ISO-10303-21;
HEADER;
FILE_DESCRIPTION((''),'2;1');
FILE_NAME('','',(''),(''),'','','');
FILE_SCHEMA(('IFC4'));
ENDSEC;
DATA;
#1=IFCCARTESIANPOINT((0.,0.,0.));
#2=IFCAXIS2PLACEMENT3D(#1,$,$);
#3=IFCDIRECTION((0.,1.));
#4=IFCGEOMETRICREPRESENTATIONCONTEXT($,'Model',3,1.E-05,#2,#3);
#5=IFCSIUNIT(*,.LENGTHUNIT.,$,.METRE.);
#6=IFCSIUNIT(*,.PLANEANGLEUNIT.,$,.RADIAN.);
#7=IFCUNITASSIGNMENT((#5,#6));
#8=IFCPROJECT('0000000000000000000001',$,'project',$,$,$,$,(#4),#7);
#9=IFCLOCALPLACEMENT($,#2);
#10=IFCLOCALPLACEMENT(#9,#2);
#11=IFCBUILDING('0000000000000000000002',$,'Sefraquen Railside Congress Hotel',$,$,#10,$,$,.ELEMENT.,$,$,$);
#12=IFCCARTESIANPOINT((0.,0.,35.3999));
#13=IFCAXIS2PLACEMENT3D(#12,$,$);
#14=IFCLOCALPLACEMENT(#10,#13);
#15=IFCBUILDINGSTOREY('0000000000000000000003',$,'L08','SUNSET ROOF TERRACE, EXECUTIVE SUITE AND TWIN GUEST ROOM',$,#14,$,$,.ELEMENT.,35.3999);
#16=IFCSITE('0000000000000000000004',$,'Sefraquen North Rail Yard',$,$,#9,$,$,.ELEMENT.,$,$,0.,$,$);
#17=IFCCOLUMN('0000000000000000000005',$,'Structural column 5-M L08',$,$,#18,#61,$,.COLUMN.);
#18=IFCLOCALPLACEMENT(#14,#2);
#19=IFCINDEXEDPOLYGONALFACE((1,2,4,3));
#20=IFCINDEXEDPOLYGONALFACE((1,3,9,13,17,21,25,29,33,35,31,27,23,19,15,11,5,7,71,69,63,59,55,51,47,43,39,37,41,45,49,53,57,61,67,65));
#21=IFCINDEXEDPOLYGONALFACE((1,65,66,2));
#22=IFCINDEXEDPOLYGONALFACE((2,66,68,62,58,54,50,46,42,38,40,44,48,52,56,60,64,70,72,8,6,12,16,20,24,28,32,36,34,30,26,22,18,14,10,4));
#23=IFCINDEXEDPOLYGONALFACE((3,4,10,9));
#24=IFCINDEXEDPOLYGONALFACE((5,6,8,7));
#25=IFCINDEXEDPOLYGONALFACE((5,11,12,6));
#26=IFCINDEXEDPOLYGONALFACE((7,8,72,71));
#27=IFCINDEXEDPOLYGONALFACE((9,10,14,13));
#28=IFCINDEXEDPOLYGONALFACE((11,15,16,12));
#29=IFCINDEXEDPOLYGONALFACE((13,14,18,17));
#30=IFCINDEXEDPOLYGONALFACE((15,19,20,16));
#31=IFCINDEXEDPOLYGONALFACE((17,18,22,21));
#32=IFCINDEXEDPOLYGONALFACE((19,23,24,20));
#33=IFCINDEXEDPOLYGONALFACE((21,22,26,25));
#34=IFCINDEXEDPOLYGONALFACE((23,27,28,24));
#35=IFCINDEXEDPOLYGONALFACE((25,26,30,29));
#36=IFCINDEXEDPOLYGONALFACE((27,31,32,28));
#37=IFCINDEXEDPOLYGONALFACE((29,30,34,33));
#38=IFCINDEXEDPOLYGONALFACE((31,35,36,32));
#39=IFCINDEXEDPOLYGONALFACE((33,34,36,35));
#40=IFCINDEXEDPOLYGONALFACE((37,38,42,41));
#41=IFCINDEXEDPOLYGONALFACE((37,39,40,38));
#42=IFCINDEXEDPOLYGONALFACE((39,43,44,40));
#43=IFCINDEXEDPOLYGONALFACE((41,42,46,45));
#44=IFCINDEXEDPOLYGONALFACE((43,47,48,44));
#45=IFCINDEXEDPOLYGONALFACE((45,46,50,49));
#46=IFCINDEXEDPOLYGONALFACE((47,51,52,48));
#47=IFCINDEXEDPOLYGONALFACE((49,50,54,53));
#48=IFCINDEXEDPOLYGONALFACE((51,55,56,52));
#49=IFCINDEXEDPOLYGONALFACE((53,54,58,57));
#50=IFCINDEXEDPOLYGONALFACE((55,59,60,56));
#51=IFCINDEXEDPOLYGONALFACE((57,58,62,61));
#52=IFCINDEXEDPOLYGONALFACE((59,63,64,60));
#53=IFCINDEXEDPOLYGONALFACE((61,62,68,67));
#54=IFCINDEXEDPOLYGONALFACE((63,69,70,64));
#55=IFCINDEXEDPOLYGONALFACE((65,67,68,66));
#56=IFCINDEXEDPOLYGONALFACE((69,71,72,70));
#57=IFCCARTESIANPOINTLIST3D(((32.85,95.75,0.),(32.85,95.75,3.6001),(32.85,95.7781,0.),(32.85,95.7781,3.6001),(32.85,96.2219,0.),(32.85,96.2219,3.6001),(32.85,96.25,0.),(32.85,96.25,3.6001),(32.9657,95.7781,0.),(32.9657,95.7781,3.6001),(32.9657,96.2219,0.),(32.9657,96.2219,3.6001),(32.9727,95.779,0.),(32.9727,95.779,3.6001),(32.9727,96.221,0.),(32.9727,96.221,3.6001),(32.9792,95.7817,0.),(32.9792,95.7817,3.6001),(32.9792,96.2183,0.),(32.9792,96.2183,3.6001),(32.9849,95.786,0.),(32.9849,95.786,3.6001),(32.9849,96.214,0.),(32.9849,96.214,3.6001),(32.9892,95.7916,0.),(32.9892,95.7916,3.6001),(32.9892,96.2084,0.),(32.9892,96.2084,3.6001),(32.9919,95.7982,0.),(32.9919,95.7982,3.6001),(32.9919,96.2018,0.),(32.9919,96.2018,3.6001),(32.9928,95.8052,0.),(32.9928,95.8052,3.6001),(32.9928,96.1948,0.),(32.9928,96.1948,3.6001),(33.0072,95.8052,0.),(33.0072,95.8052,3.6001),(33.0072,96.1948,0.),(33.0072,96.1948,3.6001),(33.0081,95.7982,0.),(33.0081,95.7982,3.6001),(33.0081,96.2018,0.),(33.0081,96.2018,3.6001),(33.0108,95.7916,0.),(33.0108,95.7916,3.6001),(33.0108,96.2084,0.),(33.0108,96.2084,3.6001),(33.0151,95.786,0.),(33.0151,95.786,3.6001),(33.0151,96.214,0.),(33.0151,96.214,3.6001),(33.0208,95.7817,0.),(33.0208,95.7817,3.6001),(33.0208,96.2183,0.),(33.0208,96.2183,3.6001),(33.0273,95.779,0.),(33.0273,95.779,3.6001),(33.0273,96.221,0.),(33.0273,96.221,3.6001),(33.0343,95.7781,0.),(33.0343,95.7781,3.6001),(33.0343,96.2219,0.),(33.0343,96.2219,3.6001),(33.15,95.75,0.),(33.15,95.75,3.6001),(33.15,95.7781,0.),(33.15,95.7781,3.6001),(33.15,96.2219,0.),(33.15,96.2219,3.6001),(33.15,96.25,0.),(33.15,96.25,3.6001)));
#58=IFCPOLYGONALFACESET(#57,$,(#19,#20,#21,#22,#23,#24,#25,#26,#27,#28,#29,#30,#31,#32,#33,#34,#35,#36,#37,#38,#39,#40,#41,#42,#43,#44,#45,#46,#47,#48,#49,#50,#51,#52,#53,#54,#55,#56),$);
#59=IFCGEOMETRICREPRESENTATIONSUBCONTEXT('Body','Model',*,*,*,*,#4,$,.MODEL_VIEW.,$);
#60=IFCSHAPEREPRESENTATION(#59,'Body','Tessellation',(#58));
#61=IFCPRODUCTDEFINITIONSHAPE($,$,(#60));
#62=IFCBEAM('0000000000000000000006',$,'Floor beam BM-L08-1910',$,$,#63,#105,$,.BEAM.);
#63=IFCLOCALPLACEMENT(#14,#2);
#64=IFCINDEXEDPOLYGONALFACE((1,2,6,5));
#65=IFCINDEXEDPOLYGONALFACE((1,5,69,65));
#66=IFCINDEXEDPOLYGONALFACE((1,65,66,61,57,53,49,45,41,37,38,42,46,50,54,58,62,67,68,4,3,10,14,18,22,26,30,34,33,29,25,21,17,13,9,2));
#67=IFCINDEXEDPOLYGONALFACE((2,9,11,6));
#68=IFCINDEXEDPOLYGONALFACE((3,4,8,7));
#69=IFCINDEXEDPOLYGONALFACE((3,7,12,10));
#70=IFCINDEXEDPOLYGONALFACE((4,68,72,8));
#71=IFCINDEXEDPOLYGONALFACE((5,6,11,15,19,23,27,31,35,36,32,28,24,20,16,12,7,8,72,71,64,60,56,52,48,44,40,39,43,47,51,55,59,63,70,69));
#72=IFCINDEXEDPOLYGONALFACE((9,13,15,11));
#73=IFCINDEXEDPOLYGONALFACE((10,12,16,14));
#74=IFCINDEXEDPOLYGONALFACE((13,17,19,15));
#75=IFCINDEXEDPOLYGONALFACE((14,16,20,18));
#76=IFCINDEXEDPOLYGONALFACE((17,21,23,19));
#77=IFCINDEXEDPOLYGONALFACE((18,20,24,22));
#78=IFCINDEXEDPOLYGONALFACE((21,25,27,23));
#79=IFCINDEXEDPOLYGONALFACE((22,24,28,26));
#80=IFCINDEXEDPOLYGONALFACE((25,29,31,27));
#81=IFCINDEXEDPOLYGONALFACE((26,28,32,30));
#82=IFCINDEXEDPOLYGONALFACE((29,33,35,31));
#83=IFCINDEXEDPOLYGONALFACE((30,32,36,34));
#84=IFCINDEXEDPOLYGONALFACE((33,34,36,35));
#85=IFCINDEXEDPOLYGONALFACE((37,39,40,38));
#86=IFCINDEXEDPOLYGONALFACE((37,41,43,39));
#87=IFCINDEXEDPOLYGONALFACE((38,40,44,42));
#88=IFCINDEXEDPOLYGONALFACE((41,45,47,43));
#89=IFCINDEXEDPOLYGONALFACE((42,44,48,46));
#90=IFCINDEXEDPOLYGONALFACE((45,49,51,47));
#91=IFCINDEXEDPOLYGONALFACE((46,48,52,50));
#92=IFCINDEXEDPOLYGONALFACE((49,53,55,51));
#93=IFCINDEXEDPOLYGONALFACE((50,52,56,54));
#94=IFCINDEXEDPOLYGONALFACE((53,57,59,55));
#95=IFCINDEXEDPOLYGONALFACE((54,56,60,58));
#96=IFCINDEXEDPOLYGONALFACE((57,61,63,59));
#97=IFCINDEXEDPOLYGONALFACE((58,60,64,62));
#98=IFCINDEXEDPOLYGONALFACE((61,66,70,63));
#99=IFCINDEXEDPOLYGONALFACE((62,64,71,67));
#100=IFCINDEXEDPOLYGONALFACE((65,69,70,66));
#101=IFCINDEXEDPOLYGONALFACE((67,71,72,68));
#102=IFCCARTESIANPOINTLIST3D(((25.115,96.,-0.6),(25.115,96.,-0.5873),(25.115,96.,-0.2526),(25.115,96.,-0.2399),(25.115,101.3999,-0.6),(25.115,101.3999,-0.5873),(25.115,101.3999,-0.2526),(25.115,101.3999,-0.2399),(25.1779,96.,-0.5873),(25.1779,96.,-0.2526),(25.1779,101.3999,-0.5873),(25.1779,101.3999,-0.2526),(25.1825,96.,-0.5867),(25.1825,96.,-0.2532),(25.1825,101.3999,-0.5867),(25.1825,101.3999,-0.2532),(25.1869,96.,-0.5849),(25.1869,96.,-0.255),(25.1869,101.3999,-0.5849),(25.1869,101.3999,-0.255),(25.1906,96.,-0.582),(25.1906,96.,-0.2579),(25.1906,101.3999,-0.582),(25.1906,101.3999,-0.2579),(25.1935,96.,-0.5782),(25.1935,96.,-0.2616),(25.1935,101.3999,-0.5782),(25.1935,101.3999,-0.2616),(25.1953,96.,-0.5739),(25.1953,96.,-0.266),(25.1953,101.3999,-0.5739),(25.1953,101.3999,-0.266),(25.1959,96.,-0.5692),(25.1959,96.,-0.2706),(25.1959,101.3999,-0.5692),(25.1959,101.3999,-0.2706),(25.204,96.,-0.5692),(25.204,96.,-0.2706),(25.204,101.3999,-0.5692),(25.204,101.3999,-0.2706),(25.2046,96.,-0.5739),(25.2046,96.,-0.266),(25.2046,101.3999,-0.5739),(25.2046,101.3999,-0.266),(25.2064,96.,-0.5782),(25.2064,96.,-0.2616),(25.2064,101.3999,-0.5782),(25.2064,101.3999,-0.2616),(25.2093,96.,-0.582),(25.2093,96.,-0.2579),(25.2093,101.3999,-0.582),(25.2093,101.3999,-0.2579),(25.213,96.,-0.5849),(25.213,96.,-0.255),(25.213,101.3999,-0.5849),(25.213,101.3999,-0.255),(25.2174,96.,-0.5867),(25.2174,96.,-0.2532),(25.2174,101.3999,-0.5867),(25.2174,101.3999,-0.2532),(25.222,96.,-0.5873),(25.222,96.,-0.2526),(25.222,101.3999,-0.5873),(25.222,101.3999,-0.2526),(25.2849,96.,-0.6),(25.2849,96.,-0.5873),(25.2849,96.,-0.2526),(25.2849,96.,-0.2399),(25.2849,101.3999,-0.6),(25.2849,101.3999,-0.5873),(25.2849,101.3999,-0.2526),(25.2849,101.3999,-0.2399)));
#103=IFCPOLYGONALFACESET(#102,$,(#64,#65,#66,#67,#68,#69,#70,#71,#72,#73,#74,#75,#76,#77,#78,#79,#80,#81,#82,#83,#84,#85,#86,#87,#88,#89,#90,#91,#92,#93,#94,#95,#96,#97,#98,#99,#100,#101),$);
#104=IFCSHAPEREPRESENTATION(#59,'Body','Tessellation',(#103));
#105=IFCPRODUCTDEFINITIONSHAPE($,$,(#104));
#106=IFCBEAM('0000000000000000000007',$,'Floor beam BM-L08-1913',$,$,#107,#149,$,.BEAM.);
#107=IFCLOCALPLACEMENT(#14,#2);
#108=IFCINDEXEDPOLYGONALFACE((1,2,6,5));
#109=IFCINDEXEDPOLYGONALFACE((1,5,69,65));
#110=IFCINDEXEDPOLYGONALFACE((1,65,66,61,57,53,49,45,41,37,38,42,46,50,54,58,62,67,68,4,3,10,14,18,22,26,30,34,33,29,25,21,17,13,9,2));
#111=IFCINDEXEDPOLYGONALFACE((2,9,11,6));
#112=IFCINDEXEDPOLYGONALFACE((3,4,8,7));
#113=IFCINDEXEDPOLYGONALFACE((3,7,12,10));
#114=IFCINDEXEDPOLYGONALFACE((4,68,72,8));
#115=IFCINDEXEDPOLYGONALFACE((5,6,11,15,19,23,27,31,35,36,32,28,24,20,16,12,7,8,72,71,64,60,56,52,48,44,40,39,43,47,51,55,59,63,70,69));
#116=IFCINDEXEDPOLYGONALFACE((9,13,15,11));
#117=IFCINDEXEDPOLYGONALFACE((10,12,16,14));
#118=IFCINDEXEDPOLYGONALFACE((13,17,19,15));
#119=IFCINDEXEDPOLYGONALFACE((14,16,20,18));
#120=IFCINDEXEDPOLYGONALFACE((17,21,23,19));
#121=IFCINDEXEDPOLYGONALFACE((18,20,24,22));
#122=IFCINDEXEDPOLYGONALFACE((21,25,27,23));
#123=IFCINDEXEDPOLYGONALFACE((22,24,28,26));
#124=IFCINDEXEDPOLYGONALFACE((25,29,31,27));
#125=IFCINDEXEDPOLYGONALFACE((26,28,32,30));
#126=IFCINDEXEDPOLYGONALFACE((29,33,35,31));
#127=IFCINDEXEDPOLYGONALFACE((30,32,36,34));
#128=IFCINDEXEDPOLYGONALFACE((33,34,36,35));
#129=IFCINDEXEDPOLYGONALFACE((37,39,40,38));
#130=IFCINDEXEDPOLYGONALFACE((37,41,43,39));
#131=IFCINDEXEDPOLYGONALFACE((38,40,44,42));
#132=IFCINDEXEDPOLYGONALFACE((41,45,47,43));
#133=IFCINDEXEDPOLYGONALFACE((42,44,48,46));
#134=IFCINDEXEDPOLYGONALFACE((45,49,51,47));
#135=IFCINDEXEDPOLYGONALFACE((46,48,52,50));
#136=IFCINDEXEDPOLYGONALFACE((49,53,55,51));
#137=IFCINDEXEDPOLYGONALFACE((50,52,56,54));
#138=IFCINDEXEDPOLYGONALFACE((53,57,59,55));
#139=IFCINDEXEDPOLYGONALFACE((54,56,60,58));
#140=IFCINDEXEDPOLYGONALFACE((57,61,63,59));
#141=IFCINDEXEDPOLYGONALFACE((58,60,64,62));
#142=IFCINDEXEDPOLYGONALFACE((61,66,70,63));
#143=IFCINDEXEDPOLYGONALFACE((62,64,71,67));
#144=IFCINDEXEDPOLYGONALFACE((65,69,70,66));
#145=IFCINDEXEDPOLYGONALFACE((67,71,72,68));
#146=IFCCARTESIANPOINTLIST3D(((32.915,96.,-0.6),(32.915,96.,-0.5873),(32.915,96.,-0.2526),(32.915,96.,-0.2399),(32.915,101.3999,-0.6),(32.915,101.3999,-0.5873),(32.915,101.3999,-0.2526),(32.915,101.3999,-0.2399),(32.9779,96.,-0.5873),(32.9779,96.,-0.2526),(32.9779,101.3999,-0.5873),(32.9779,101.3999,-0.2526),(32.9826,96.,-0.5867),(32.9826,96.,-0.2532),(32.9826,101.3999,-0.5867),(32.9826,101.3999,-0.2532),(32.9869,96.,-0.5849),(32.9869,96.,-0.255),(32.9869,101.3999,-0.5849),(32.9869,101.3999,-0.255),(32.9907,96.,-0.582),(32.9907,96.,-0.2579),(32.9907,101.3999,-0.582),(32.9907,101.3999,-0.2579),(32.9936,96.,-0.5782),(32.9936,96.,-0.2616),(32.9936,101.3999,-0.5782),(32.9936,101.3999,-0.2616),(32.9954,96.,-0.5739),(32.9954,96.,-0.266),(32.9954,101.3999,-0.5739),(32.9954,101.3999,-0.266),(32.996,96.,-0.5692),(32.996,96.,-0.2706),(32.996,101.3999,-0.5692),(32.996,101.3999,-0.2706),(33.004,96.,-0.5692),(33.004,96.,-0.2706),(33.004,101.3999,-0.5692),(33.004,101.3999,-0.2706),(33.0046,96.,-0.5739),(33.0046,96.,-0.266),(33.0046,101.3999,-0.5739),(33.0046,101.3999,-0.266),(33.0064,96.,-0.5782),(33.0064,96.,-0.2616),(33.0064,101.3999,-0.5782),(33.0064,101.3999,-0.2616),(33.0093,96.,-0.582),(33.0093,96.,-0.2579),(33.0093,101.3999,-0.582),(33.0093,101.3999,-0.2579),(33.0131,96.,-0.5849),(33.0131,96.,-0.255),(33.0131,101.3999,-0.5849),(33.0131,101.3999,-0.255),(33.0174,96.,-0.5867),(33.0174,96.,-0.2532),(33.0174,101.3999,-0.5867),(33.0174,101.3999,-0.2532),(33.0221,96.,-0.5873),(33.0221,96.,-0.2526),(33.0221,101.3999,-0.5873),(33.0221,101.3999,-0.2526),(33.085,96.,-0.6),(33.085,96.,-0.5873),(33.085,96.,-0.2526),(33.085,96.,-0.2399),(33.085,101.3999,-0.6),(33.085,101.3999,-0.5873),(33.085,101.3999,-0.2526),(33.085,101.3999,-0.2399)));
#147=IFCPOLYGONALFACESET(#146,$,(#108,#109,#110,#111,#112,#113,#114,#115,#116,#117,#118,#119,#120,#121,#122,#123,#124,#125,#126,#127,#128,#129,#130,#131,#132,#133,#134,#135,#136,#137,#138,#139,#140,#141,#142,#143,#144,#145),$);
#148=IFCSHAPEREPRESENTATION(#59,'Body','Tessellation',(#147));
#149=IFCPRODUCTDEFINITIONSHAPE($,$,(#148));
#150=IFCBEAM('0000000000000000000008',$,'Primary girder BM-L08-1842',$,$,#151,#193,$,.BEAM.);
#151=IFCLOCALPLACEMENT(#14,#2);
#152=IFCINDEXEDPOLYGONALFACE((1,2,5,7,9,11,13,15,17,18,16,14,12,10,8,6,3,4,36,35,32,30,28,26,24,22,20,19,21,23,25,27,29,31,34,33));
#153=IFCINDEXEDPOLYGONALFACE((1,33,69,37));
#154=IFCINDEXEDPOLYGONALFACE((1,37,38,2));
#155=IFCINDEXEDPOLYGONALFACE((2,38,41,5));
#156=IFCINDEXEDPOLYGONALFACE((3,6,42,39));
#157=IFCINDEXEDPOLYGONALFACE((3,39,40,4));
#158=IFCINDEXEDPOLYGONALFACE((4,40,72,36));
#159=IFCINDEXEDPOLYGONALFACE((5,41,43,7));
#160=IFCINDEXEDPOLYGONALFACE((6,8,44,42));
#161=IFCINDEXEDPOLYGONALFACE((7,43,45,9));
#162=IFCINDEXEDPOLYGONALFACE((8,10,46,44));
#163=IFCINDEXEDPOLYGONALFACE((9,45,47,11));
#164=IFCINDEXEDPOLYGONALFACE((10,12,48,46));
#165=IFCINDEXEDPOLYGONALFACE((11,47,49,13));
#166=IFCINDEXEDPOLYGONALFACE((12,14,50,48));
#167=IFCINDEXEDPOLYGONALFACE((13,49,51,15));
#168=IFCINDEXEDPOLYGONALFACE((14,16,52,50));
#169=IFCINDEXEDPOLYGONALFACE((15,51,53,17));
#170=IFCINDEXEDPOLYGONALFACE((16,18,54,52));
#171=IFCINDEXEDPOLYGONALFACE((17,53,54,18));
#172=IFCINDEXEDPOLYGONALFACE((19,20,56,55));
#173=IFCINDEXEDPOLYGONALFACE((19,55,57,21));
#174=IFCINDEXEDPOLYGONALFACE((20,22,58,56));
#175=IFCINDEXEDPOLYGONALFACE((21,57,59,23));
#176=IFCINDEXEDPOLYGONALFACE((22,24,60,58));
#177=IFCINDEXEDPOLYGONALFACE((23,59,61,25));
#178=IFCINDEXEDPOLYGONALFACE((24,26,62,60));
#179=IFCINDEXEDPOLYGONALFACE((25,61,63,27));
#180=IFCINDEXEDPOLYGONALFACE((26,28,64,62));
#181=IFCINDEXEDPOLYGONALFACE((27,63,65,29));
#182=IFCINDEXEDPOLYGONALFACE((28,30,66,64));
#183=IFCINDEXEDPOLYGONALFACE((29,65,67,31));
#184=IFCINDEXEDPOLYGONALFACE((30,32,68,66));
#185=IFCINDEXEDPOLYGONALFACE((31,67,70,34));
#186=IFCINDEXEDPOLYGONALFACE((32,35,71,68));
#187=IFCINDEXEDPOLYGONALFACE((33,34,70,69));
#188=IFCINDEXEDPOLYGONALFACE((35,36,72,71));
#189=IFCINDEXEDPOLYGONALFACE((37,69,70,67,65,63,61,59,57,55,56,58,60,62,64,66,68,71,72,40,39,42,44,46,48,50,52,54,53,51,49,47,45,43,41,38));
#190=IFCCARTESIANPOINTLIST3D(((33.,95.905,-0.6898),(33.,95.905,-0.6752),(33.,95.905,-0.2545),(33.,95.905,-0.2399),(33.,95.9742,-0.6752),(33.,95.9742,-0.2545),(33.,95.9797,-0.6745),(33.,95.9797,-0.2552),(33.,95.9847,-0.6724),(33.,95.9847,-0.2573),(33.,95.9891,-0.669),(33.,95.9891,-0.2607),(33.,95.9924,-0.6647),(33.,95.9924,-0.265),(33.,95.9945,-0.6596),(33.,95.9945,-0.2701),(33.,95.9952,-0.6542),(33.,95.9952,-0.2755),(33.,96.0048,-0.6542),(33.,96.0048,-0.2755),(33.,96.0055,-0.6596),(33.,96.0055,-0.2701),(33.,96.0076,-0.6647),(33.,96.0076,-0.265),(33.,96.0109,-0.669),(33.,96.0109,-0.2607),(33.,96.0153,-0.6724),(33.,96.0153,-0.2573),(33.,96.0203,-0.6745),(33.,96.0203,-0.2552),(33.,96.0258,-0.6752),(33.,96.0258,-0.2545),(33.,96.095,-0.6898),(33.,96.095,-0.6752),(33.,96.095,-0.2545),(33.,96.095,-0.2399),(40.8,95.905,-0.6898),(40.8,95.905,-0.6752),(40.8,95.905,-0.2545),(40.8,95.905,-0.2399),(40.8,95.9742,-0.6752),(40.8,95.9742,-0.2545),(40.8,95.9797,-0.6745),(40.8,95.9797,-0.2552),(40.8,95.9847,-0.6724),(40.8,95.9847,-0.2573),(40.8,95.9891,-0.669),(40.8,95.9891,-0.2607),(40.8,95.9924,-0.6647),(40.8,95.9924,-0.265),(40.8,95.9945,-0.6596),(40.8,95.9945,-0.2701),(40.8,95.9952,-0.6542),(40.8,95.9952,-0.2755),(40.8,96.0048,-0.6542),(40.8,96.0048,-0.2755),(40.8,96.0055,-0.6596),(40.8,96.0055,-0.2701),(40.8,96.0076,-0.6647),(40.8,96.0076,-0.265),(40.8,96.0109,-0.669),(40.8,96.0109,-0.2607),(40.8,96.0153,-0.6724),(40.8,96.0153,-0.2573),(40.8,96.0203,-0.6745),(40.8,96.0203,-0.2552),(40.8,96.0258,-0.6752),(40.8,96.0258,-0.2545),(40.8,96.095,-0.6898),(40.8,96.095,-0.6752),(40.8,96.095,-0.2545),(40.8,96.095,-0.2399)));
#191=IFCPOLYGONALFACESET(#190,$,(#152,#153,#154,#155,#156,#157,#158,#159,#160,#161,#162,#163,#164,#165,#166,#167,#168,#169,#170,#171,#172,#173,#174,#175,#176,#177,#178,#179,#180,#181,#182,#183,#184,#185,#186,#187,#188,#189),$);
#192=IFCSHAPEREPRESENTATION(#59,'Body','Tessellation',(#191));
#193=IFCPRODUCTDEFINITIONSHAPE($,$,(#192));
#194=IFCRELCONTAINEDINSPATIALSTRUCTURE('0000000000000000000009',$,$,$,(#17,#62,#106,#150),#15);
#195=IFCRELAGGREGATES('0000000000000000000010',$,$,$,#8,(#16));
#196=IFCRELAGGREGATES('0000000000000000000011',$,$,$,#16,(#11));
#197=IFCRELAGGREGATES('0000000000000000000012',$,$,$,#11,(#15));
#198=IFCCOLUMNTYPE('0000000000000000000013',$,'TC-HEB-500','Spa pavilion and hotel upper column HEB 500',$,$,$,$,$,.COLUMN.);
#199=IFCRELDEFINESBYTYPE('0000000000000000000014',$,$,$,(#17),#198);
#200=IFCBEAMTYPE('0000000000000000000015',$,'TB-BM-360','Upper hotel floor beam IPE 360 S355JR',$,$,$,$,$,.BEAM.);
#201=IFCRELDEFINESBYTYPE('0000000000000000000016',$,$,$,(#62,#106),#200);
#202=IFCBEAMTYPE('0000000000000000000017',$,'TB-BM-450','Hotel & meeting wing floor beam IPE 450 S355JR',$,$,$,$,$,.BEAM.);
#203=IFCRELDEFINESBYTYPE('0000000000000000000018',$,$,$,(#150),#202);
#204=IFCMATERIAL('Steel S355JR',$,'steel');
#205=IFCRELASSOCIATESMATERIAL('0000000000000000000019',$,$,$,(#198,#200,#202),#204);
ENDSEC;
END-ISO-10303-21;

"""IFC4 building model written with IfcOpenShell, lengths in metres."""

from ifc_helpers import new_model, si_unit, direction, frame, origin, origin_2d, place, context, subcontext, project, spatial, i_section, extrude, material, material_profile, profile_set, type_object, element, save


model = new_model("IFC4")

# Units and contexts
model_context = context("Model", 3, precision=1e-05, world=origin(), true_north=direction((0.0, 1.0)))
body_context = subcontext(model_context, "Body", "Model", "MODEL_VIEW")
ifc_project = project(units=[si_unit("LENGTHUNIT", "METRE"), si_unit("PLANEANGLEUNIT", "RADIAN")], contexts=[model_context])

# Site, building, storey
site_placement = place(None, origin())
site = spatial("IfcSite", under=ifc_project, at=site_placement, Name="Sefraquen North Rail Yard", CompositionType="ELEMENT", RefElevation=0.0)
building_placement = place(site_placement, origin())
building = spatial("IfcBuilding", under=site, at=building_placement, Name="Sefraquen Railside Congress Hotel", CompositionType="ELEMENT")
storey_placement = place(building_placement, frame((0.0, 0.0, 35.3999)))
storey = spatial("IfcBuildingStorey", under=building, at=storey_placement, Name="L08", Description="SUNSET ROOF TERRACE, EXECUTIVE SUITE AND TWIN GUEST ROOM", CompositionType="ELEMENT", Elevation=35.3999)

# Column
ifc_material_1 = material(Name="Steel S355JR", Category="steel")
ifc_material_profile_1 = material_profile(ifc_material_1, i_section(OverallWidth=0.3, OverallDepth=0.5, WebThickness=0.0144, FlangeThickness=0.0281, FilletRadius=0.0271, at=origin_2d()), Name="HEB 500")
ifc_profile_set_1 = profile_set([ifc_material_profile_1], Name="Steel S355JR")
column_type = type_object("IfcColumnType", Name="TC-HEB-500", Description="Spa pavilion and hotel upper column HEB 500", PredefinedType="COLUMN", material=ifc_profile_set_1)
column_placement = place(storey_placement, frame((33.0, 96.0, 0.0), z_axis=(0.0, 0.0, 1.0), x_axis=(1.0, 0.0, 0.0)))
element("IfcColumn", 1, at=column_placement, inside=storey, type_object=column_type, Name="Structural column 5-M L08", PredefinedType="COLUMN", context=body_context, shape_type="SweptSolid", body=[
    extrude(i_section(OverallWidth=0.3, OverallDepth=0.5, WebThickness=0.0144, FlangeThickness=0.0281, FilletRadius=0.0271, at=origin_2d()), origin(), (0.0, 0.0, 1.0), 3.6001),
])

# Beams
ifc_material_profile_2 = material_profile(ifc_material_1, i_section(OverallWidth=0.1699, OverallDepth=0.3601, WebThickness=0.0081, FlangeThickness=0.0127, FilletRadius=0.0181, at=origin_2d()), Name="IPE 360")
ifc_profile_set_2 = profile_set([ifc_material_profile_2], Name="Steel S355JR")
beam_type_1 = type_object("IfcBeamType", Name="TB-BM-360", Description="Upper hotel floor beam IPE 360 S355JR", PredefinedType="BEAM", material=ifc_profile_set_2)
for number, where, z_axis, x_axis, name in (
    (2, (25.2, 96.0, -0.4199), (0.0, 1.0, 0.0), (-1.0, 0.0, 0.0), "Floor beam BM-L08-1910"),
    (3, (33.0, 96.0, -0.4199), (0.0, 1.0, 0.0), (-1.0, 0.0, 0.0), "Floor beam BM-L08-1913"),
):
    element("IfcBeam", number, at=place(storey_placement, frame(where, z_axis=z_axis, x_axis=x_axis)), inside=storey, type_object=beam_type_1, Name=name, PredefinedType="BEAM", context=body_context, shape_type="SweptSolid", body=[
        extrude(i_section(OverallWidth=0.1699, OverallDepth=0.3601, WebThickness=0.0081, FlangeThickness=0.0127, FilletRadius=0.0181, at=origin_2d()), origin(), (0.0, 0.0, 1.0), 5.3999),
    ])
ifc_material_profile_3 = material_profile(ifc_material_1, i_section(OverallWidth=0.1899, OverallDepth=0.45, WebThickness=0.0095, FlangeThickness=0.0146, FilletRadius=0.021, at=origin_2d()), Name="IPE 450")
ifc_profile_set_3 = profile_set([ifc_material_profile_3], Name="Steel S355JR")
beam_type_2 = type_object("IfcBeamType", Name="TB-BM-450", Description="Hotel & meeting wing floor beam IPE 450 S355JR", PredefinedType="BEAM", material=ifc_profile_set_3)
beam_placement = place(storey_placement, frame((33.0, 96.0, -0.4648), z_axis=(1.0, 0.0, 0.0), x_axis=(0.0, 1.0, 0.0)))
element("IfcBeam", 4, at=beam_placement, inside=storey, type_object=beam_type_2, Name="Primary girder BM-L08-1842", PredefinedType="BEAM", context=body_context, shape_type="SweptSolid", body=[
    extrude(i_section(OverallWidth=0.1899, OverallDepth=0.45, WebThickness=0.0095, FlangeThickness=0.0146, FilletRadius=0.021, at=origin_2d()), origin(), (0.0, 0.0, 1.0), 7.8),
])

save(model, "model.ifc")
